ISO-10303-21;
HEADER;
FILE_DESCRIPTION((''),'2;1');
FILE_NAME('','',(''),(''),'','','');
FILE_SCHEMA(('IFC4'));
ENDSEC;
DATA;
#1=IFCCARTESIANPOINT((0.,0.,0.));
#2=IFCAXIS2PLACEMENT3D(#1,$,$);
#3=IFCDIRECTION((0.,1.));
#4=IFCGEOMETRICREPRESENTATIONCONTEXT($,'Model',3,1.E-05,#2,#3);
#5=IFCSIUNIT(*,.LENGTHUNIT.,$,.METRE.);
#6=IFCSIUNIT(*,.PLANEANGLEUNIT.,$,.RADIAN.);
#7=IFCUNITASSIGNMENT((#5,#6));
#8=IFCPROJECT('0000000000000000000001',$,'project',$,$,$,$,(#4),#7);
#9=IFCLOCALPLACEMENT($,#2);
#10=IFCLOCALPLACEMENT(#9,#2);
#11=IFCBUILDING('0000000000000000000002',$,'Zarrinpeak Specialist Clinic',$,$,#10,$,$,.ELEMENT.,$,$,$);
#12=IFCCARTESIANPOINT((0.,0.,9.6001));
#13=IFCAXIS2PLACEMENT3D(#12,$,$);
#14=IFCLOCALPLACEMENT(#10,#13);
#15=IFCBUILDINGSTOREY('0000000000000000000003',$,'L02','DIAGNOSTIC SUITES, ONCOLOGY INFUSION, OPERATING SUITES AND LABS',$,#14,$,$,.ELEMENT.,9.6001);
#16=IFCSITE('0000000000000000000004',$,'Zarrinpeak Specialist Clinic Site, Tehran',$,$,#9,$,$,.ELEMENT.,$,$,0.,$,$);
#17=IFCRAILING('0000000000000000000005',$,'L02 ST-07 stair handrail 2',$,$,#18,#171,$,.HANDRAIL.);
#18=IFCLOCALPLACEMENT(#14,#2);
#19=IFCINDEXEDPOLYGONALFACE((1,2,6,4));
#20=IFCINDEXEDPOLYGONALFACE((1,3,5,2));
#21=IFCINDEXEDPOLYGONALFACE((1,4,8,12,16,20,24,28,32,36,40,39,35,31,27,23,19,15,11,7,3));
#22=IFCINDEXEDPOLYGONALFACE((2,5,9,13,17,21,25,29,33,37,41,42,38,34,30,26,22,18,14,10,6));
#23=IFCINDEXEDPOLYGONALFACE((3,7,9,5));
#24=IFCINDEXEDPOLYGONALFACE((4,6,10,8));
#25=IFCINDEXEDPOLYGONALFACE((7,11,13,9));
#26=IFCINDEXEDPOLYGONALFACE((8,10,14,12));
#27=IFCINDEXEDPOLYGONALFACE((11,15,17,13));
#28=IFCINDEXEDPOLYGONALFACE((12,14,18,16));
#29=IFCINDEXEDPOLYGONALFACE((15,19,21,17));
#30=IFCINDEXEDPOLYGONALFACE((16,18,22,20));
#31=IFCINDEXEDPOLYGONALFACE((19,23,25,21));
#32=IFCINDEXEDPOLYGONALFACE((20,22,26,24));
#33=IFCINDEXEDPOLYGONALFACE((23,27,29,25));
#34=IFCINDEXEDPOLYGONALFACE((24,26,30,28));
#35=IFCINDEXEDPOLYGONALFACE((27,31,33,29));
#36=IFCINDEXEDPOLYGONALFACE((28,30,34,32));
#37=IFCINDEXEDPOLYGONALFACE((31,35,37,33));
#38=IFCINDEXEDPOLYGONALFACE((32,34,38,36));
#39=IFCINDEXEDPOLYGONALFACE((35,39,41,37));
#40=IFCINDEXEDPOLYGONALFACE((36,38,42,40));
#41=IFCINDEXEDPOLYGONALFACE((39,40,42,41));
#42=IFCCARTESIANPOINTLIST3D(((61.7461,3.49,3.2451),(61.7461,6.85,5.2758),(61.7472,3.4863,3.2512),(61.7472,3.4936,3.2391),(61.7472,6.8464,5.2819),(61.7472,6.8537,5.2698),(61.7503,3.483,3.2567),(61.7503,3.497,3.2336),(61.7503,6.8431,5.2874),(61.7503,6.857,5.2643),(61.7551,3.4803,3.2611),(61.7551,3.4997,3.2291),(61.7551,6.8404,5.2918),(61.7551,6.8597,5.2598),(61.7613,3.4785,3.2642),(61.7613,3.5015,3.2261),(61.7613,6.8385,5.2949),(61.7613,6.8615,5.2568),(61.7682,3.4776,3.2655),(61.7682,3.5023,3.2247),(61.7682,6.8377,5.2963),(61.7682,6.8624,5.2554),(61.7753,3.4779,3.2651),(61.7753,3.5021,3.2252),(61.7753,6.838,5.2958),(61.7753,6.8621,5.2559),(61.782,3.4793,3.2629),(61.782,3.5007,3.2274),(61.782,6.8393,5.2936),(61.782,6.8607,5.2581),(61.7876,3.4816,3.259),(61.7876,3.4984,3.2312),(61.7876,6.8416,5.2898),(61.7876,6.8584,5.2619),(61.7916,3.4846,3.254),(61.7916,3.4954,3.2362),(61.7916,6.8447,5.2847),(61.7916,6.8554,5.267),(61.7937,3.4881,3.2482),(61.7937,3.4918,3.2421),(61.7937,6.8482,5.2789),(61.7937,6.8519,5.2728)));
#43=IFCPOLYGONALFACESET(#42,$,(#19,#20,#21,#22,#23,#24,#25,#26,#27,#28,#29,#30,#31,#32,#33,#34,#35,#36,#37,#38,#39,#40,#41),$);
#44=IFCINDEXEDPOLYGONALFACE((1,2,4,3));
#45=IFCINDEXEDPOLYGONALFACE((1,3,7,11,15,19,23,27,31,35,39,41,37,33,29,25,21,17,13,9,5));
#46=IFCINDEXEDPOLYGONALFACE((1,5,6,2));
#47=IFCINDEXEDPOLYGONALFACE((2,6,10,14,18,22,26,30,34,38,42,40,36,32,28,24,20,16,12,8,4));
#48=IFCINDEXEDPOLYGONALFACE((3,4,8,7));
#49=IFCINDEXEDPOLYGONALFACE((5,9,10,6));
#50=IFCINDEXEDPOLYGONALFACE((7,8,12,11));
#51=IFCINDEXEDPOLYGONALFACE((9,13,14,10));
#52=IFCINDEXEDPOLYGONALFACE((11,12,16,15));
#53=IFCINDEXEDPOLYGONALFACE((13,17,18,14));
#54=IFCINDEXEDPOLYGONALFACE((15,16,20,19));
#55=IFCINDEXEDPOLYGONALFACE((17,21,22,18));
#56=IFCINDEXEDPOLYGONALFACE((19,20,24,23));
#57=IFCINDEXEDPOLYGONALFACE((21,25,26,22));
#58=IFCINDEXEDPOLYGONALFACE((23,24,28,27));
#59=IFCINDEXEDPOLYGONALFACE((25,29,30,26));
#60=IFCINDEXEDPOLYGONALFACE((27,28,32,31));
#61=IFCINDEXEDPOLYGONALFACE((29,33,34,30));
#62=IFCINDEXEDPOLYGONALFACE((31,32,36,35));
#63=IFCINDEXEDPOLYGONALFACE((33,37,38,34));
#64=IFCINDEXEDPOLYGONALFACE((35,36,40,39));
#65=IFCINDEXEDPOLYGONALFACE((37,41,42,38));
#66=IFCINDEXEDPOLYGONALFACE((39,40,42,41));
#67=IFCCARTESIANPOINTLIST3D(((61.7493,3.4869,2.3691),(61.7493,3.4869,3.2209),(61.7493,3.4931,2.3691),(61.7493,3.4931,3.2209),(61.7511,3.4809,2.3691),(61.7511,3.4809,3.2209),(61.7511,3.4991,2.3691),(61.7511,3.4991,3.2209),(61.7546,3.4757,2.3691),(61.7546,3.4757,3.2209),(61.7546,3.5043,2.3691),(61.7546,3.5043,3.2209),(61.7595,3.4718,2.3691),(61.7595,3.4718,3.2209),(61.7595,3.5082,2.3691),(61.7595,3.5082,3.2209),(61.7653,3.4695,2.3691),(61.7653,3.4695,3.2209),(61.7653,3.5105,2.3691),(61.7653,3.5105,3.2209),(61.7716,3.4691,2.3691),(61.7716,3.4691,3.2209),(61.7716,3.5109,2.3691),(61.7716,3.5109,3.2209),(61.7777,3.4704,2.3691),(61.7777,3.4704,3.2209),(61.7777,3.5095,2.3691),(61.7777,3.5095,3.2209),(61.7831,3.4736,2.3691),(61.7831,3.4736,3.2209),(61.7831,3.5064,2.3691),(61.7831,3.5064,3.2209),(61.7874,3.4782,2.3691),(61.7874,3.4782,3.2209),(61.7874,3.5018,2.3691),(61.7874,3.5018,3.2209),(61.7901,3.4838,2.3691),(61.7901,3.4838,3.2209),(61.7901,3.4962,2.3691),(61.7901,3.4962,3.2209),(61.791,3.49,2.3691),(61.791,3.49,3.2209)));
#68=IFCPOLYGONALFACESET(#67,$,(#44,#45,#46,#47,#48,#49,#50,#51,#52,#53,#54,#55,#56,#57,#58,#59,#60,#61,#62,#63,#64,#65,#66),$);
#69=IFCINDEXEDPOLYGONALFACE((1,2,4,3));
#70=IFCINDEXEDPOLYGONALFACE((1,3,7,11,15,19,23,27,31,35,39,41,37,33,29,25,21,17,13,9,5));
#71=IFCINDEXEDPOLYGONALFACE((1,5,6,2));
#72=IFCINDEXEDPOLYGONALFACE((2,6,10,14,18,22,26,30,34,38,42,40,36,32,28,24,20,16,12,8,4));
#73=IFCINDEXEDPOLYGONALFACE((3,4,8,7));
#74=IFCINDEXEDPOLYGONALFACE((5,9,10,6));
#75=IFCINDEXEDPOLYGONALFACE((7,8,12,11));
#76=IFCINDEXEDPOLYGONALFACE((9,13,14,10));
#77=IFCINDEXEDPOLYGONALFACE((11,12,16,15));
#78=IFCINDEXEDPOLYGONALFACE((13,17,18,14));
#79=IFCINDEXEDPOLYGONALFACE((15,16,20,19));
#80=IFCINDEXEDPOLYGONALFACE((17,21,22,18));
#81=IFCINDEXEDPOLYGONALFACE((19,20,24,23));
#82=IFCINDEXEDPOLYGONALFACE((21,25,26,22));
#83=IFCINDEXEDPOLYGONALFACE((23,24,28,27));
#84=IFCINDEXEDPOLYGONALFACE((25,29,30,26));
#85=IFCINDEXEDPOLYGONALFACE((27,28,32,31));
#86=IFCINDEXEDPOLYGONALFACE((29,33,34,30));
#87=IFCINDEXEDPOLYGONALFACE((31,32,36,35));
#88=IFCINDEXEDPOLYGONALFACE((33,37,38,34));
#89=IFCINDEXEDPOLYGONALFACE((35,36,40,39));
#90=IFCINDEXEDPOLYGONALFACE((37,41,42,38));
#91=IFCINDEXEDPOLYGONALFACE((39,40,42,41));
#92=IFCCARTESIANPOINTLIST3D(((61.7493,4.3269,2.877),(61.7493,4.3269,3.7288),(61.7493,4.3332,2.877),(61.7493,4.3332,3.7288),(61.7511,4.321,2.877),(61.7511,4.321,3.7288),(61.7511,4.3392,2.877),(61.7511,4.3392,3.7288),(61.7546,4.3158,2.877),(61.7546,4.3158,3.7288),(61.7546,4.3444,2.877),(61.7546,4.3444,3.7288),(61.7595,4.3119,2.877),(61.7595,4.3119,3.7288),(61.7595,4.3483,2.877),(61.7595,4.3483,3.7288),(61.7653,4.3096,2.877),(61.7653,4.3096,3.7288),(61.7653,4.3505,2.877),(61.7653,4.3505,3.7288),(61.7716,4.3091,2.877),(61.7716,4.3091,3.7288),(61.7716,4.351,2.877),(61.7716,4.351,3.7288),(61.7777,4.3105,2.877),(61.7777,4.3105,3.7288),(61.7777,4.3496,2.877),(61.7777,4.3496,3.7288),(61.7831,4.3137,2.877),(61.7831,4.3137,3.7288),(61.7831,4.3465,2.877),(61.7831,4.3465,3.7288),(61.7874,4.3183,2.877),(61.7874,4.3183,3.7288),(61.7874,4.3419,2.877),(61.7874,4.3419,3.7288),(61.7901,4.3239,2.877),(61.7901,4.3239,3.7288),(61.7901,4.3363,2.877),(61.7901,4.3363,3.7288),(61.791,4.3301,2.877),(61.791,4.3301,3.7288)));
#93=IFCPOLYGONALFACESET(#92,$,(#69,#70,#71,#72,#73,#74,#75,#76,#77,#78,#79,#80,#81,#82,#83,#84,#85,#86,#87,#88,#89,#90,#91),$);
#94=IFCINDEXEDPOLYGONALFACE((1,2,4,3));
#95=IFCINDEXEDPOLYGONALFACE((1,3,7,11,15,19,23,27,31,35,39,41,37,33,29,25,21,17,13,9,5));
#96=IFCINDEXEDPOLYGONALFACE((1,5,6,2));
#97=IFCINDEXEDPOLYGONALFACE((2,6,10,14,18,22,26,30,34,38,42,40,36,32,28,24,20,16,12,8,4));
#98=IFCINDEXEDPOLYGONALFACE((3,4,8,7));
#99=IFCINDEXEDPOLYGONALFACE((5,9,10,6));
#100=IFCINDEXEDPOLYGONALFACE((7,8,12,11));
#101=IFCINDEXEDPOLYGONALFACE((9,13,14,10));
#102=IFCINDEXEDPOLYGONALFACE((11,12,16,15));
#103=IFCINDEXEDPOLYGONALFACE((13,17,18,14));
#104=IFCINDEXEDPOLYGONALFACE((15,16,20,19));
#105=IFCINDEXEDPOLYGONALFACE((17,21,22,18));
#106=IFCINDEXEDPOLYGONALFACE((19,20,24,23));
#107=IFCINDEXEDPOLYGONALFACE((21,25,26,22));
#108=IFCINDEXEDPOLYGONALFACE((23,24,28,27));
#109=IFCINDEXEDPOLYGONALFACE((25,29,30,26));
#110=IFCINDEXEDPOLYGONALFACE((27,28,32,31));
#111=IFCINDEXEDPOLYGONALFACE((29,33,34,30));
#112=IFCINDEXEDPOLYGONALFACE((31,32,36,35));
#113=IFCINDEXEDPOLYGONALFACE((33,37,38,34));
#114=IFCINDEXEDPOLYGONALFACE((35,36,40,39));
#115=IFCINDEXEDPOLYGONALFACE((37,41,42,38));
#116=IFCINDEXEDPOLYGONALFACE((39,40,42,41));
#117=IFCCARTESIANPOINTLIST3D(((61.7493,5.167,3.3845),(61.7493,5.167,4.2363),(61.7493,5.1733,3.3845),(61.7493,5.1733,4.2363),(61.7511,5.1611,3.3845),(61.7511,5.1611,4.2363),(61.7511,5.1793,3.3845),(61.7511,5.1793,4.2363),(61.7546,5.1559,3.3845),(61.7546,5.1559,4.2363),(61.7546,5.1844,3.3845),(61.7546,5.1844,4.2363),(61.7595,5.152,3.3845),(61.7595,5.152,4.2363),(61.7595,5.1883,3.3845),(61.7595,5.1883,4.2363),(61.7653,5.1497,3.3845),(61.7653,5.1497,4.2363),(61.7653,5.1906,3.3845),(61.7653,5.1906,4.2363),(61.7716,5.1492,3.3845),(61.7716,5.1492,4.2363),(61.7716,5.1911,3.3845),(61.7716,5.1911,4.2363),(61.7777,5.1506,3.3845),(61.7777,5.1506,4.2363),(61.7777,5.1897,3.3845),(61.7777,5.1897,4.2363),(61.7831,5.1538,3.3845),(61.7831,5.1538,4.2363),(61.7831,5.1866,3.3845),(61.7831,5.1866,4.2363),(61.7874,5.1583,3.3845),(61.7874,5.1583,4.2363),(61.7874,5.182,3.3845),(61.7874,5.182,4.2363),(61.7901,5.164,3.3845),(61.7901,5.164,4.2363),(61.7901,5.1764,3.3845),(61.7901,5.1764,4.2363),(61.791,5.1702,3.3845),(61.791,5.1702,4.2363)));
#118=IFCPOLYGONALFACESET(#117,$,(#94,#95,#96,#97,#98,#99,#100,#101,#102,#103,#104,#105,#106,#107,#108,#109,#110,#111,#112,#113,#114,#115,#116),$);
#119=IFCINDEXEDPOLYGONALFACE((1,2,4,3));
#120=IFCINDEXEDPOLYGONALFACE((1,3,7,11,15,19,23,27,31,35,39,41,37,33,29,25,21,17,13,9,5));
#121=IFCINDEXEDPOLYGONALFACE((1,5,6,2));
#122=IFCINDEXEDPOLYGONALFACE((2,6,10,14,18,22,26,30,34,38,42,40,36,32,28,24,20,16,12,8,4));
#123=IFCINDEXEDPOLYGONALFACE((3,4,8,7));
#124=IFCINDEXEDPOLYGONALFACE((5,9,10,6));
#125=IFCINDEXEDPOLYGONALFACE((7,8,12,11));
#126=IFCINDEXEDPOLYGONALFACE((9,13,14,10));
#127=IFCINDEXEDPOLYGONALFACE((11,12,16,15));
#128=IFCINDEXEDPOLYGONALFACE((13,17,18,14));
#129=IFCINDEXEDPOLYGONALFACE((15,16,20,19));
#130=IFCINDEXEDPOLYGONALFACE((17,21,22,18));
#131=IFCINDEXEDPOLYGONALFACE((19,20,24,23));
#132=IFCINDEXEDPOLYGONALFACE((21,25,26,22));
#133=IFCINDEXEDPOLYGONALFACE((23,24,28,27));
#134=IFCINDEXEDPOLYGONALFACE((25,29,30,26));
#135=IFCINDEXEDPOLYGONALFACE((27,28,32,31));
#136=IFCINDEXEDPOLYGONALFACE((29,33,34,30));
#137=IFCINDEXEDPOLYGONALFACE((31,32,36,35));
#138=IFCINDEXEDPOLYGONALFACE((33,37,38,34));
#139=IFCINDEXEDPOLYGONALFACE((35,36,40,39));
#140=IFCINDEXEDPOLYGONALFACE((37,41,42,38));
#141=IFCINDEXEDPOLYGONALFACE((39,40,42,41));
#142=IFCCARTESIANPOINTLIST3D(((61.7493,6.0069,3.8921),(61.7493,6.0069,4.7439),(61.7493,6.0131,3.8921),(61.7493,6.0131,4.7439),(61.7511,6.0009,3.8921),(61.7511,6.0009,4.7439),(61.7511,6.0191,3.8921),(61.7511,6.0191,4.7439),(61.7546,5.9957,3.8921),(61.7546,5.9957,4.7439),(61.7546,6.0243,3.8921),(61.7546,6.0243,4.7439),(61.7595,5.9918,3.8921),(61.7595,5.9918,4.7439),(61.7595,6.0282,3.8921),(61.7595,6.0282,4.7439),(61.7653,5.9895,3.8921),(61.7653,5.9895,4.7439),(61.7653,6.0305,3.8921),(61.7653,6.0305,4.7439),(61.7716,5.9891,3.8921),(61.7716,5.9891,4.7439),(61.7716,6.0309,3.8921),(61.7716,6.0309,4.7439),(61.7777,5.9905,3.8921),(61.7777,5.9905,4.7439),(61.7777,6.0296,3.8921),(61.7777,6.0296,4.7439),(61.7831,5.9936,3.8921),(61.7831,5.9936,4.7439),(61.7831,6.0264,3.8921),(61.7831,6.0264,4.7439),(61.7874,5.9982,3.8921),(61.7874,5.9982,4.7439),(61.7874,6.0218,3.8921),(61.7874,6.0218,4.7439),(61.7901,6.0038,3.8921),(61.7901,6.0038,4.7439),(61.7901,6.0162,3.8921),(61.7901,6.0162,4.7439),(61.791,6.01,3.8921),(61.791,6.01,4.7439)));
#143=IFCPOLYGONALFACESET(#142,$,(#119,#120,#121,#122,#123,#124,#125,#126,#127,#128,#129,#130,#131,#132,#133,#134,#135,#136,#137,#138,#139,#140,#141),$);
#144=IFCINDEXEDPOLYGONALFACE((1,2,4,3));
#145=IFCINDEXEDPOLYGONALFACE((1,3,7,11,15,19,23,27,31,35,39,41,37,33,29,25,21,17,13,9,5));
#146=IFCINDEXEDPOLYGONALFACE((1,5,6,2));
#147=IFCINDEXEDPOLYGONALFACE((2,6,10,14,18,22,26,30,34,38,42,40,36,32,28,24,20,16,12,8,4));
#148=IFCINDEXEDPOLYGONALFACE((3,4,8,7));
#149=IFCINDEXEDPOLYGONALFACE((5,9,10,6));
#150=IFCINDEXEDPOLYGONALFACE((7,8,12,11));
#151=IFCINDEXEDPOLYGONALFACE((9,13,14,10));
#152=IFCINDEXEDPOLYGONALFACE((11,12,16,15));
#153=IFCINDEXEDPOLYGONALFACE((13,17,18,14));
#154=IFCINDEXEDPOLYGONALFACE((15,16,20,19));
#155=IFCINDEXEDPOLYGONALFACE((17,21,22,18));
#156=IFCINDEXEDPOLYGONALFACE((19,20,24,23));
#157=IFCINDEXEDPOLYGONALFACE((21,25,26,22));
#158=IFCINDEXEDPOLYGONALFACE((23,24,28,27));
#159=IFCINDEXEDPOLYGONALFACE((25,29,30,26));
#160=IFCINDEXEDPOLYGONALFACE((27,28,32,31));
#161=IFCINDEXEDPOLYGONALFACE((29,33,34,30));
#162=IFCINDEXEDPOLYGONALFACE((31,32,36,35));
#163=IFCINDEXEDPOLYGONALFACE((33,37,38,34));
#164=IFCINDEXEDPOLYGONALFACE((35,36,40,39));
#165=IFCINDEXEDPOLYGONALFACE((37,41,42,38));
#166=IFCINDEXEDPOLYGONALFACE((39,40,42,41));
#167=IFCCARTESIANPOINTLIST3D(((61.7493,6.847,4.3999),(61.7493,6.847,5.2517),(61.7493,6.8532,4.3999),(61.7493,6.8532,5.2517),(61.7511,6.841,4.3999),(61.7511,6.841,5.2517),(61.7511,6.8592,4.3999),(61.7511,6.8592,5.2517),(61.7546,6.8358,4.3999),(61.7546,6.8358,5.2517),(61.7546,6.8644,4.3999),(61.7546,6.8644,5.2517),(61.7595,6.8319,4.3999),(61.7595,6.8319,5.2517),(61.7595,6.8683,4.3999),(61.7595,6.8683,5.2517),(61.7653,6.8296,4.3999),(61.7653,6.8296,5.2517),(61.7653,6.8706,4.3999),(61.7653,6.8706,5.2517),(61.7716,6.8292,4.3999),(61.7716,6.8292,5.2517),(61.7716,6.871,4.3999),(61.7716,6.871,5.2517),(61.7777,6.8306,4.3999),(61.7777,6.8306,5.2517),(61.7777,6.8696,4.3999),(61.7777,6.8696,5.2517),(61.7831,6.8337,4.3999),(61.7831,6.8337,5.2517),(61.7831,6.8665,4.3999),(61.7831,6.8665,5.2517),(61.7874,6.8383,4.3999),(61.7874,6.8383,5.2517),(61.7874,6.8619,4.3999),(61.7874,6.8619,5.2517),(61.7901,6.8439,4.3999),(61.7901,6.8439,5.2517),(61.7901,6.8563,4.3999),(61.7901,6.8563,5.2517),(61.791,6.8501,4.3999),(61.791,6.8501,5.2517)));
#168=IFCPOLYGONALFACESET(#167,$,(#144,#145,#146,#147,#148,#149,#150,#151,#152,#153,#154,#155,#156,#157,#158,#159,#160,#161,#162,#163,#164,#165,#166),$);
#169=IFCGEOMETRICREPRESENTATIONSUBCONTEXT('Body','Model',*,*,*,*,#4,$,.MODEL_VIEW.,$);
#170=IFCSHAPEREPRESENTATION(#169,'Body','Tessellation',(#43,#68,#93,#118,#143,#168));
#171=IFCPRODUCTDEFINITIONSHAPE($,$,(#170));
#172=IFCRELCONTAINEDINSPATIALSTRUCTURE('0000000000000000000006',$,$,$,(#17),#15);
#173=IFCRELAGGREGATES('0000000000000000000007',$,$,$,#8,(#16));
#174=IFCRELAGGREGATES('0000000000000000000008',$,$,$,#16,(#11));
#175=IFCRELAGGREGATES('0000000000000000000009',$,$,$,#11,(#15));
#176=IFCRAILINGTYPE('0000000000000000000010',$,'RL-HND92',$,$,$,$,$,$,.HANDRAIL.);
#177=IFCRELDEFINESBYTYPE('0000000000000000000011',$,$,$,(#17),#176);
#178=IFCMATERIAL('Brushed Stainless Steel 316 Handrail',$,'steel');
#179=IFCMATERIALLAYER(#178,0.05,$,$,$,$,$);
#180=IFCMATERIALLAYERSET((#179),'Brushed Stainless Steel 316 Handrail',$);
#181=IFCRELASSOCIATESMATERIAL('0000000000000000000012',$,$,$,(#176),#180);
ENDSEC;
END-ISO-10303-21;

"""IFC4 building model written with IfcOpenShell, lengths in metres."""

from ifc_helpers import new_model, si_unit, direction, frame, origin, origin_2d, place, context, subcontext, project, spatial, circle, extrude, material, layer, layer_set, type_object, element, save


model = new_model("IFC4")

# Units and contexts
model_context = context("Model", 3, precision=1e-05, world=origin(), true_north=direction((0.0, 1.0)))
body_context = subcontext(model_context, "Body", "Model", "MODEL_VIEW")
ifc_project = project(units=[si_unit("LENGTHUNIT", "METRE"), si_unit("PLANEANGLEUNIT", "RADIAN")], contexts=[model_context])

# Site, building, storey
site_placement = place(None, origin())
site = spatial("IfcSite", under=ifc_project, at=site_placement, Name="Zarrinpeak Specialist Clinic Site, Tehran", CompositionType="ELEMENT", RefElevation=0.0)
building_placement = place(site_placement, origin())
building = spatial("IfcBuilding", under=site, at=building_placement, Name="Zarrinpeak Specialist Clinic", CompositionType="ELEMENT")
storey_placement = place(building_placement, frame((0.0, 0.0, 9.6001)))
storey = spatial("IfcBuildingStorey", under=building, at=storey_placement, Name="L02", Description="DIAGNOSTIC SUITES, ONCOLOGY INFUSION, OPERATING SUITES AND LABS", CompositionType="ELEMENT", Elevation=9.6001)

# Railing
ifc_material_1 = material(Name="Brushed Stainless Steel 316 Handrail", Category="steel")
ifc_layer_1 = layer(ifc_material_1, 0.05)
ifc_layer_set_1 = layer_set([ifc_layer_1], Name="Brushed Stainless Steel 316 Handrail")
railing_type_1 = type_object("IfcRailingType", Name="RL-HND92", PredefinedType="HANDRAIL", material=ifc_layer_set_1)
railing_1_placement = place(storey_placement, frame((61.77, 3.49, 2.3691)))
element("IfcRailing", 1, at=railing_1_placement, inside=storey, type_object=railing_type_1, Name="L02 ST-07 stair handrail 2", PredefinedType="HANDRAIL", context=body_context, shape_type="SweptSolid", body=[
    extrude(circle(Radius=0.0239, at=origin_2d()), frame((0.0, 0.0, 0.876), z_axis=(0.0, 0.855837, 0.517246), x_axis=(-1.0, 0.0, 0.0)), (0.0, 0.0, 1.0), 3.926),
    extrude(circle(Radius=0.021, at=origin_2d()), origin(), (0.0, 0.0, 1.0), 0.8518),
    extrude(circle(Radius=0.021, at=origin_2d()), frame((0.0, 0.8401, 0.5078)), (0.0, 0.0, 1.0), 0.8518),
    extrude(circle(Radius=0.021, at=origin_2d()), frame((0.0, 1.6802, 1.0154)), (0.0, 0.0, 1.0), 0.8518),
    extrude(circle(Radius=0.021, at=origin_2d()), frame((0.0, 2.52, 1.5229)), (0.0, 0.0, 1.0), 0.8518),
    extrude(circle(Radius=0.021, at=origin_2d()), frame((0.0, 3.3601, 2.0308)), (0.0, 0.0, 1.0), 0.8518),
])

save(model, "model.ifc")
